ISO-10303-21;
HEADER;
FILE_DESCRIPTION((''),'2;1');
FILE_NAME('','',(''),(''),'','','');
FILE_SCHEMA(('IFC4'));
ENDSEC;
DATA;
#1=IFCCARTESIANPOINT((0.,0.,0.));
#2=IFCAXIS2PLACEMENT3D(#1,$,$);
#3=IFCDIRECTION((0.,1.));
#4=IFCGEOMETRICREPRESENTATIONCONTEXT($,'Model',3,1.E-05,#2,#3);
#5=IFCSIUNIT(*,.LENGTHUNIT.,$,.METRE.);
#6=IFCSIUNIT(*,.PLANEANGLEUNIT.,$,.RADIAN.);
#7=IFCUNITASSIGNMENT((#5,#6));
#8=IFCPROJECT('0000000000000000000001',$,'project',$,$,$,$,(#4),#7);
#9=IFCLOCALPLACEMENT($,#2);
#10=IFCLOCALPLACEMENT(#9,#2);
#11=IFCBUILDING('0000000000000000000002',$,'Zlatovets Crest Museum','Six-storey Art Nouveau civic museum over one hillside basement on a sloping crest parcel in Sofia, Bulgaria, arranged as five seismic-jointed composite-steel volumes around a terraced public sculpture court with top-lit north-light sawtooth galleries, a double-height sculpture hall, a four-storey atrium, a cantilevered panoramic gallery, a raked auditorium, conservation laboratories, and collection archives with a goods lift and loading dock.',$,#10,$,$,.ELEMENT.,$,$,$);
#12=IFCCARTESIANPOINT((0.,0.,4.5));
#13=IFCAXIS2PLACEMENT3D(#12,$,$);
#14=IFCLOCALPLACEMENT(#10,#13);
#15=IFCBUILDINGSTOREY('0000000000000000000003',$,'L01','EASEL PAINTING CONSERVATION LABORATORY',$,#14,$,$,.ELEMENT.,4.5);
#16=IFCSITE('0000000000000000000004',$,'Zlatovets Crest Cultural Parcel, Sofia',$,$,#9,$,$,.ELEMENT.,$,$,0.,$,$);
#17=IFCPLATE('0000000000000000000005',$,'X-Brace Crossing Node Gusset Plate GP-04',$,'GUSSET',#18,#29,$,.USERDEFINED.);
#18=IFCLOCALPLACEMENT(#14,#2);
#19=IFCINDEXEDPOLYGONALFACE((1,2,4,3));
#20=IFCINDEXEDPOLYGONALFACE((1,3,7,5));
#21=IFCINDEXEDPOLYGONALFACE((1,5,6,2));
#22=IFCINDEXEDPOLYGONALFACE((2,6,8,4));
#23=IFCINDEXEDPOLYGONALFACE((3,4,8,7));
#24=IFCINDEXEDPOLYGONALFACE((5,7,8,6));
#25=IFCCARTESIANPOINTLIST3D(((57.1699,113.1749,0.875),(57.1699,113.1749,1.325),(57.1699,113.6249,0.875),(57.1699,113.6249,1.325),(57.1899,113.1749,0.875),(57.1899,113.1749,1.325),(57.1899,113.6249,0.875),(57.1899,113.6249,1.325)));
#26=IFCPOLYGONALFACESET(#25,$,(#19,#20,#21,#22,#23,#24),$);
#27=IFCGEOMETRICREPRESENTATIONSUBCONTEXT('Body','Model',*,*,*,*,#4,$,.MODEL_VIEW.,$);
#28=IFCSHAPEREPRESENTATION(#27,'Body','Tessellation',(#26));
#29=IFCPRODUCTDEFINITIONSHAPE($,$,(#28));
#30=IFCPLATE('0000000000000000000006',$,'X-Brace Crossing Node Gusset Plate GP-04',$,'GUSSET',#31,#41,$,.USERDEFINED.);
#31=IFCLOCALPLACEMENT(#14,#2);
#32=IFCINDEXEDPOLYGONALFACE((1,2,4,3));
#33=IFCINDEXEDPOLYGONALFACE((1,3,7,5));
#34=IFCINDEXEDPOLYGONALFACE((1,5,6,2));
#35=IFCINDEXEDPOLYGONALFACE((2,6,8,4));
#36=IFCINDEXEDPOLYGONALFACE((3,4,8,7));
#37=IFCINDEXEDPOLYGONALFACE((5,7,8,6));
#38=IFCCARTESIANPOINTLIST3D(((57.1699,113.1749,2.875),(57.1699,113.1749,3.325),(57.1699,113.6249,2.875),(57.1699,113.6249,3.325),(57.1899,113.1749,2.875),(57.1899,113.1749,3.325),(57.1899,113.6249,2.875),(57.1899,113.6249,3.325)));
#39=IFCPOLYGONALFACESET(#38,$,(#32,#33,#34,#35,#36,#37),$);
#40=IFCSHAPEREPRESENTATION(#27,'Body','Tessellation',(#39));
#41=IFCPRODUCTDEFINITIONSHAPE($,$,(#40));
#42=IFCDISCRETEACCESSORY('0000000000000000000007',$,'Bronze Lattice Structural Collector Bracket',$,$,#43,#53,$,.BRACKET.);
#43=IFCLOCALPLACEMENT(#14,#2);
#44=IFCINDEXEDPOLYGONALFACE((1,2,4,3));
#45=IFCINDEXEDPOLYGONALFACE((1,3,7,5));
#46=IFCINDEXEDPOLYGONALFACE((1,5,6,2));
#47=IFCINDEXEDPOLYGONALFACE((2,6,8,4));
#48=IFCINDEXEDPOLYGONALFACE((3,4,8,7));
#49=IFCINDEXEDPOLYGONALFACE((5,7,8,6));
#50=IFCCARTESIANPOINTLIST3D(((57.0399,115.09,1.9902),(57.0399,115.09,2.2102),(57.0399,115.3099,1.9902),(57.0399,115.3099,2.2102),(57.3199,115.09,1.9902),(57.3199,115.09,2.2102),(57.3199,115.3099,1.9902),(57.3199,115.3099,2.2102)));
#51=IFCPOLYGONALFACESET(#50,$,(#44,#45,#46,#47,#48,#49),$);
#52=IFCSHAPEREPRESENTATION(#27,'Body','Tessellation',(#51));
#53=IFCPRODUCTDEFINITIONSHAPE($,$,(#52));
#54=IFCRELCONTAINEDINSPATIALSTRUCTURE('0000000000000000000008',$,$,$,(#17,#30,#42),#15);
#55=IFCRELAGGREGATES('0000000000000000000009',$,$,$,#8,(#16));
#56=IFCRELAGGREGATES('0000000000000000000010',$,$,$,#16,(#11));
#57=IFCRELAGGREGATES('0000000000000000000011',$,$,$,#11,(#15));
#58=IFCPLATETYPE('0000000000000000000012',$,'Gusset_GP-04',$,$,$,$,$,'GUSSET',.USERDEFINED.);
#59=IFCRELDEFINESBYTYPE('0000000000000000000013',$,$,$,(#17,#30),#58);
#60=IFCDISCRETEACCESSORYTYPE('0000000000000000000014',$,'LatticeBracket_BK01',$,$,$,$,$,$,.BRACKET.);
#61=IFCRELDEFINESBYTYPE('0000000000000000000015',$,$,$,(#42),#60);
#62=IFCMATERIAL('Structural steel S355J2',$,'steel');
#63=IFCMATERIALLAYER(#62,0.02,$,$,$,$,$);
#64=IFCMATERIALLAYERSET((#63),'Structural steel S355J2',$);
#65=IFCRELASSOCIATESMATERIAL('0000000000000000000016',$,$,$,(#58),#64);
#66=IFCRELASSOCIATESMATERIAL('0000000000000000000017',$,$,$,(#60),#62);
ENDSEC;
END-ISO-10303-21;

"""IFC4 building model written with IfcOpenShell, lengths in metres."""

from ifc_helpers import new_model, si_unit, direction, frame, origin, origin_2d, place, context, subcontext, project, spatial, rectangle, extrude, material, layer, layer_set, type_object, element, save


model = new_model("IFC4")

# Units and contexts
model_context = context("Model", 3, precision=1e-05, world=origin(), true_north=direction((0.0, 1.0)))
body_context = subcontext(model_context, "Body", "Model", "MODEL_VIEW")
ifc_project = project(units=[si_unit("LENGTHUNIT", "METRE"), si_unit("PLANEANGLEUNIT", "RADIAN")], contexts=[model_context])

# Site, building, storey
site_placement = place(None, origin())
site = spatial("IfcSite", under=ifc_project, at=site_placement, Name="Zlatovets Crest Cultural Parcel, Sofia", CompositionType="ELEMENT", RefElevation=0.0)
building_placement = place(site_placement, origin())
building = spatial("IfcBuilding", under=site, at=building_placement, Name="Zlatovets Crest Museum", Description="Six-storey Art Nouveau civic museum over one hillside basement on a sloping crest parcel in Sofia, Bulgaria, arranged as five seismic-jointed composite-steel volumes around a terraced public sculpture court with top-lit north-light sawtooth galleries, a double-height sculpture hall, a four-storey atrium, a cantilevered panoramic gallery, a raked auditorium, conservation laboratories, and collection archives with a goods lift and loading dock.", CompositionType="ELEMENT")
storey_placement = place(building_placement, frame((0.0, 0.0, 4.5)))
storey = spatial("IfcBuildingStorey", under=building, at=storey_placement, Name="L01", Description="EASEL PAINTING CONSERVATION LABORATORY", CompositionType="ELEMENT", Elevation=4.5)

# Plates
ifc_material_1 = material(Name="Structural steel S355J2", Category="steel")
ifc_layer_1 = layer(ifc_material_1, 0.02)
ifc_layer_set_1 = layer_set([ifc_layer_1], Name="Structural steel S355J2")
plate_type_1 = type_object("IfcPlateType", Name="Gusset_GP-04", ElementType="GUSSET", PredefinedType="USERDEFINED", material=ifc_layer_set_1)
for number, where, z_axis, x_axis, name in (
    (1, (57.1799, 113.3999, 0.875), (0.0, 0.0, 1.0), (1.0, 0.0, 0.0), "X-Brace Crossing Node Gusset Plate GP-04"),
    (2, (57.1799, 113.3999, 2.875), (0.0, 0.0, 1.0), (1.0, 0.0, 0.0), "X-Brace Crossing Node Gusset Plate GP-04"),
):
    element("IfcPlate", number, at=place(storey_placement, frame(where, z_axis=z_axis, x_axis=x_axis)), inside=storey, type_object=plate_type_1, Name=name, ObjectType="GUSSET", PredefinedType="USERDEFINED", context=body_context, shape_type="SweptSolid", body=[
        extrude(rectangle(XDim=0.02, YDim=0.45, at=origin_2d()), origin(), (0.0, 0.0, 1.0), 0.45),
    ])

# Discrete accessory
discrete_accessory_type = type_object("IfcDiscreteAccessoryType", Name="LatticeBracket_BK01", PredefinedType="BRACKET", material=ifc_material_1)
discrete_accessory_placement = place(storey_placement, frame((57.1799, 115.2, 1.9902), z_axis=(0.0, 0.0, 1.0), x_axis=(1.0, 0.0, 0.0)))
element("IfcDiscreteAccessory", 3, at=discrete_accessory_placement, inside=storey, type_object=discrete_accessory_type, Name="Bronze Lattice Structural Collector Bracket", PredefinedType="BRACKET", context=body_context, shape_type="SweptSolid", body=[
    extrude(rectangle(XDim=0.28, YDim=0.22, at=origin_2d()), origin(), (0.0, 0.0, 1.0), 0.22),
])

save(model, "model.ifc")
